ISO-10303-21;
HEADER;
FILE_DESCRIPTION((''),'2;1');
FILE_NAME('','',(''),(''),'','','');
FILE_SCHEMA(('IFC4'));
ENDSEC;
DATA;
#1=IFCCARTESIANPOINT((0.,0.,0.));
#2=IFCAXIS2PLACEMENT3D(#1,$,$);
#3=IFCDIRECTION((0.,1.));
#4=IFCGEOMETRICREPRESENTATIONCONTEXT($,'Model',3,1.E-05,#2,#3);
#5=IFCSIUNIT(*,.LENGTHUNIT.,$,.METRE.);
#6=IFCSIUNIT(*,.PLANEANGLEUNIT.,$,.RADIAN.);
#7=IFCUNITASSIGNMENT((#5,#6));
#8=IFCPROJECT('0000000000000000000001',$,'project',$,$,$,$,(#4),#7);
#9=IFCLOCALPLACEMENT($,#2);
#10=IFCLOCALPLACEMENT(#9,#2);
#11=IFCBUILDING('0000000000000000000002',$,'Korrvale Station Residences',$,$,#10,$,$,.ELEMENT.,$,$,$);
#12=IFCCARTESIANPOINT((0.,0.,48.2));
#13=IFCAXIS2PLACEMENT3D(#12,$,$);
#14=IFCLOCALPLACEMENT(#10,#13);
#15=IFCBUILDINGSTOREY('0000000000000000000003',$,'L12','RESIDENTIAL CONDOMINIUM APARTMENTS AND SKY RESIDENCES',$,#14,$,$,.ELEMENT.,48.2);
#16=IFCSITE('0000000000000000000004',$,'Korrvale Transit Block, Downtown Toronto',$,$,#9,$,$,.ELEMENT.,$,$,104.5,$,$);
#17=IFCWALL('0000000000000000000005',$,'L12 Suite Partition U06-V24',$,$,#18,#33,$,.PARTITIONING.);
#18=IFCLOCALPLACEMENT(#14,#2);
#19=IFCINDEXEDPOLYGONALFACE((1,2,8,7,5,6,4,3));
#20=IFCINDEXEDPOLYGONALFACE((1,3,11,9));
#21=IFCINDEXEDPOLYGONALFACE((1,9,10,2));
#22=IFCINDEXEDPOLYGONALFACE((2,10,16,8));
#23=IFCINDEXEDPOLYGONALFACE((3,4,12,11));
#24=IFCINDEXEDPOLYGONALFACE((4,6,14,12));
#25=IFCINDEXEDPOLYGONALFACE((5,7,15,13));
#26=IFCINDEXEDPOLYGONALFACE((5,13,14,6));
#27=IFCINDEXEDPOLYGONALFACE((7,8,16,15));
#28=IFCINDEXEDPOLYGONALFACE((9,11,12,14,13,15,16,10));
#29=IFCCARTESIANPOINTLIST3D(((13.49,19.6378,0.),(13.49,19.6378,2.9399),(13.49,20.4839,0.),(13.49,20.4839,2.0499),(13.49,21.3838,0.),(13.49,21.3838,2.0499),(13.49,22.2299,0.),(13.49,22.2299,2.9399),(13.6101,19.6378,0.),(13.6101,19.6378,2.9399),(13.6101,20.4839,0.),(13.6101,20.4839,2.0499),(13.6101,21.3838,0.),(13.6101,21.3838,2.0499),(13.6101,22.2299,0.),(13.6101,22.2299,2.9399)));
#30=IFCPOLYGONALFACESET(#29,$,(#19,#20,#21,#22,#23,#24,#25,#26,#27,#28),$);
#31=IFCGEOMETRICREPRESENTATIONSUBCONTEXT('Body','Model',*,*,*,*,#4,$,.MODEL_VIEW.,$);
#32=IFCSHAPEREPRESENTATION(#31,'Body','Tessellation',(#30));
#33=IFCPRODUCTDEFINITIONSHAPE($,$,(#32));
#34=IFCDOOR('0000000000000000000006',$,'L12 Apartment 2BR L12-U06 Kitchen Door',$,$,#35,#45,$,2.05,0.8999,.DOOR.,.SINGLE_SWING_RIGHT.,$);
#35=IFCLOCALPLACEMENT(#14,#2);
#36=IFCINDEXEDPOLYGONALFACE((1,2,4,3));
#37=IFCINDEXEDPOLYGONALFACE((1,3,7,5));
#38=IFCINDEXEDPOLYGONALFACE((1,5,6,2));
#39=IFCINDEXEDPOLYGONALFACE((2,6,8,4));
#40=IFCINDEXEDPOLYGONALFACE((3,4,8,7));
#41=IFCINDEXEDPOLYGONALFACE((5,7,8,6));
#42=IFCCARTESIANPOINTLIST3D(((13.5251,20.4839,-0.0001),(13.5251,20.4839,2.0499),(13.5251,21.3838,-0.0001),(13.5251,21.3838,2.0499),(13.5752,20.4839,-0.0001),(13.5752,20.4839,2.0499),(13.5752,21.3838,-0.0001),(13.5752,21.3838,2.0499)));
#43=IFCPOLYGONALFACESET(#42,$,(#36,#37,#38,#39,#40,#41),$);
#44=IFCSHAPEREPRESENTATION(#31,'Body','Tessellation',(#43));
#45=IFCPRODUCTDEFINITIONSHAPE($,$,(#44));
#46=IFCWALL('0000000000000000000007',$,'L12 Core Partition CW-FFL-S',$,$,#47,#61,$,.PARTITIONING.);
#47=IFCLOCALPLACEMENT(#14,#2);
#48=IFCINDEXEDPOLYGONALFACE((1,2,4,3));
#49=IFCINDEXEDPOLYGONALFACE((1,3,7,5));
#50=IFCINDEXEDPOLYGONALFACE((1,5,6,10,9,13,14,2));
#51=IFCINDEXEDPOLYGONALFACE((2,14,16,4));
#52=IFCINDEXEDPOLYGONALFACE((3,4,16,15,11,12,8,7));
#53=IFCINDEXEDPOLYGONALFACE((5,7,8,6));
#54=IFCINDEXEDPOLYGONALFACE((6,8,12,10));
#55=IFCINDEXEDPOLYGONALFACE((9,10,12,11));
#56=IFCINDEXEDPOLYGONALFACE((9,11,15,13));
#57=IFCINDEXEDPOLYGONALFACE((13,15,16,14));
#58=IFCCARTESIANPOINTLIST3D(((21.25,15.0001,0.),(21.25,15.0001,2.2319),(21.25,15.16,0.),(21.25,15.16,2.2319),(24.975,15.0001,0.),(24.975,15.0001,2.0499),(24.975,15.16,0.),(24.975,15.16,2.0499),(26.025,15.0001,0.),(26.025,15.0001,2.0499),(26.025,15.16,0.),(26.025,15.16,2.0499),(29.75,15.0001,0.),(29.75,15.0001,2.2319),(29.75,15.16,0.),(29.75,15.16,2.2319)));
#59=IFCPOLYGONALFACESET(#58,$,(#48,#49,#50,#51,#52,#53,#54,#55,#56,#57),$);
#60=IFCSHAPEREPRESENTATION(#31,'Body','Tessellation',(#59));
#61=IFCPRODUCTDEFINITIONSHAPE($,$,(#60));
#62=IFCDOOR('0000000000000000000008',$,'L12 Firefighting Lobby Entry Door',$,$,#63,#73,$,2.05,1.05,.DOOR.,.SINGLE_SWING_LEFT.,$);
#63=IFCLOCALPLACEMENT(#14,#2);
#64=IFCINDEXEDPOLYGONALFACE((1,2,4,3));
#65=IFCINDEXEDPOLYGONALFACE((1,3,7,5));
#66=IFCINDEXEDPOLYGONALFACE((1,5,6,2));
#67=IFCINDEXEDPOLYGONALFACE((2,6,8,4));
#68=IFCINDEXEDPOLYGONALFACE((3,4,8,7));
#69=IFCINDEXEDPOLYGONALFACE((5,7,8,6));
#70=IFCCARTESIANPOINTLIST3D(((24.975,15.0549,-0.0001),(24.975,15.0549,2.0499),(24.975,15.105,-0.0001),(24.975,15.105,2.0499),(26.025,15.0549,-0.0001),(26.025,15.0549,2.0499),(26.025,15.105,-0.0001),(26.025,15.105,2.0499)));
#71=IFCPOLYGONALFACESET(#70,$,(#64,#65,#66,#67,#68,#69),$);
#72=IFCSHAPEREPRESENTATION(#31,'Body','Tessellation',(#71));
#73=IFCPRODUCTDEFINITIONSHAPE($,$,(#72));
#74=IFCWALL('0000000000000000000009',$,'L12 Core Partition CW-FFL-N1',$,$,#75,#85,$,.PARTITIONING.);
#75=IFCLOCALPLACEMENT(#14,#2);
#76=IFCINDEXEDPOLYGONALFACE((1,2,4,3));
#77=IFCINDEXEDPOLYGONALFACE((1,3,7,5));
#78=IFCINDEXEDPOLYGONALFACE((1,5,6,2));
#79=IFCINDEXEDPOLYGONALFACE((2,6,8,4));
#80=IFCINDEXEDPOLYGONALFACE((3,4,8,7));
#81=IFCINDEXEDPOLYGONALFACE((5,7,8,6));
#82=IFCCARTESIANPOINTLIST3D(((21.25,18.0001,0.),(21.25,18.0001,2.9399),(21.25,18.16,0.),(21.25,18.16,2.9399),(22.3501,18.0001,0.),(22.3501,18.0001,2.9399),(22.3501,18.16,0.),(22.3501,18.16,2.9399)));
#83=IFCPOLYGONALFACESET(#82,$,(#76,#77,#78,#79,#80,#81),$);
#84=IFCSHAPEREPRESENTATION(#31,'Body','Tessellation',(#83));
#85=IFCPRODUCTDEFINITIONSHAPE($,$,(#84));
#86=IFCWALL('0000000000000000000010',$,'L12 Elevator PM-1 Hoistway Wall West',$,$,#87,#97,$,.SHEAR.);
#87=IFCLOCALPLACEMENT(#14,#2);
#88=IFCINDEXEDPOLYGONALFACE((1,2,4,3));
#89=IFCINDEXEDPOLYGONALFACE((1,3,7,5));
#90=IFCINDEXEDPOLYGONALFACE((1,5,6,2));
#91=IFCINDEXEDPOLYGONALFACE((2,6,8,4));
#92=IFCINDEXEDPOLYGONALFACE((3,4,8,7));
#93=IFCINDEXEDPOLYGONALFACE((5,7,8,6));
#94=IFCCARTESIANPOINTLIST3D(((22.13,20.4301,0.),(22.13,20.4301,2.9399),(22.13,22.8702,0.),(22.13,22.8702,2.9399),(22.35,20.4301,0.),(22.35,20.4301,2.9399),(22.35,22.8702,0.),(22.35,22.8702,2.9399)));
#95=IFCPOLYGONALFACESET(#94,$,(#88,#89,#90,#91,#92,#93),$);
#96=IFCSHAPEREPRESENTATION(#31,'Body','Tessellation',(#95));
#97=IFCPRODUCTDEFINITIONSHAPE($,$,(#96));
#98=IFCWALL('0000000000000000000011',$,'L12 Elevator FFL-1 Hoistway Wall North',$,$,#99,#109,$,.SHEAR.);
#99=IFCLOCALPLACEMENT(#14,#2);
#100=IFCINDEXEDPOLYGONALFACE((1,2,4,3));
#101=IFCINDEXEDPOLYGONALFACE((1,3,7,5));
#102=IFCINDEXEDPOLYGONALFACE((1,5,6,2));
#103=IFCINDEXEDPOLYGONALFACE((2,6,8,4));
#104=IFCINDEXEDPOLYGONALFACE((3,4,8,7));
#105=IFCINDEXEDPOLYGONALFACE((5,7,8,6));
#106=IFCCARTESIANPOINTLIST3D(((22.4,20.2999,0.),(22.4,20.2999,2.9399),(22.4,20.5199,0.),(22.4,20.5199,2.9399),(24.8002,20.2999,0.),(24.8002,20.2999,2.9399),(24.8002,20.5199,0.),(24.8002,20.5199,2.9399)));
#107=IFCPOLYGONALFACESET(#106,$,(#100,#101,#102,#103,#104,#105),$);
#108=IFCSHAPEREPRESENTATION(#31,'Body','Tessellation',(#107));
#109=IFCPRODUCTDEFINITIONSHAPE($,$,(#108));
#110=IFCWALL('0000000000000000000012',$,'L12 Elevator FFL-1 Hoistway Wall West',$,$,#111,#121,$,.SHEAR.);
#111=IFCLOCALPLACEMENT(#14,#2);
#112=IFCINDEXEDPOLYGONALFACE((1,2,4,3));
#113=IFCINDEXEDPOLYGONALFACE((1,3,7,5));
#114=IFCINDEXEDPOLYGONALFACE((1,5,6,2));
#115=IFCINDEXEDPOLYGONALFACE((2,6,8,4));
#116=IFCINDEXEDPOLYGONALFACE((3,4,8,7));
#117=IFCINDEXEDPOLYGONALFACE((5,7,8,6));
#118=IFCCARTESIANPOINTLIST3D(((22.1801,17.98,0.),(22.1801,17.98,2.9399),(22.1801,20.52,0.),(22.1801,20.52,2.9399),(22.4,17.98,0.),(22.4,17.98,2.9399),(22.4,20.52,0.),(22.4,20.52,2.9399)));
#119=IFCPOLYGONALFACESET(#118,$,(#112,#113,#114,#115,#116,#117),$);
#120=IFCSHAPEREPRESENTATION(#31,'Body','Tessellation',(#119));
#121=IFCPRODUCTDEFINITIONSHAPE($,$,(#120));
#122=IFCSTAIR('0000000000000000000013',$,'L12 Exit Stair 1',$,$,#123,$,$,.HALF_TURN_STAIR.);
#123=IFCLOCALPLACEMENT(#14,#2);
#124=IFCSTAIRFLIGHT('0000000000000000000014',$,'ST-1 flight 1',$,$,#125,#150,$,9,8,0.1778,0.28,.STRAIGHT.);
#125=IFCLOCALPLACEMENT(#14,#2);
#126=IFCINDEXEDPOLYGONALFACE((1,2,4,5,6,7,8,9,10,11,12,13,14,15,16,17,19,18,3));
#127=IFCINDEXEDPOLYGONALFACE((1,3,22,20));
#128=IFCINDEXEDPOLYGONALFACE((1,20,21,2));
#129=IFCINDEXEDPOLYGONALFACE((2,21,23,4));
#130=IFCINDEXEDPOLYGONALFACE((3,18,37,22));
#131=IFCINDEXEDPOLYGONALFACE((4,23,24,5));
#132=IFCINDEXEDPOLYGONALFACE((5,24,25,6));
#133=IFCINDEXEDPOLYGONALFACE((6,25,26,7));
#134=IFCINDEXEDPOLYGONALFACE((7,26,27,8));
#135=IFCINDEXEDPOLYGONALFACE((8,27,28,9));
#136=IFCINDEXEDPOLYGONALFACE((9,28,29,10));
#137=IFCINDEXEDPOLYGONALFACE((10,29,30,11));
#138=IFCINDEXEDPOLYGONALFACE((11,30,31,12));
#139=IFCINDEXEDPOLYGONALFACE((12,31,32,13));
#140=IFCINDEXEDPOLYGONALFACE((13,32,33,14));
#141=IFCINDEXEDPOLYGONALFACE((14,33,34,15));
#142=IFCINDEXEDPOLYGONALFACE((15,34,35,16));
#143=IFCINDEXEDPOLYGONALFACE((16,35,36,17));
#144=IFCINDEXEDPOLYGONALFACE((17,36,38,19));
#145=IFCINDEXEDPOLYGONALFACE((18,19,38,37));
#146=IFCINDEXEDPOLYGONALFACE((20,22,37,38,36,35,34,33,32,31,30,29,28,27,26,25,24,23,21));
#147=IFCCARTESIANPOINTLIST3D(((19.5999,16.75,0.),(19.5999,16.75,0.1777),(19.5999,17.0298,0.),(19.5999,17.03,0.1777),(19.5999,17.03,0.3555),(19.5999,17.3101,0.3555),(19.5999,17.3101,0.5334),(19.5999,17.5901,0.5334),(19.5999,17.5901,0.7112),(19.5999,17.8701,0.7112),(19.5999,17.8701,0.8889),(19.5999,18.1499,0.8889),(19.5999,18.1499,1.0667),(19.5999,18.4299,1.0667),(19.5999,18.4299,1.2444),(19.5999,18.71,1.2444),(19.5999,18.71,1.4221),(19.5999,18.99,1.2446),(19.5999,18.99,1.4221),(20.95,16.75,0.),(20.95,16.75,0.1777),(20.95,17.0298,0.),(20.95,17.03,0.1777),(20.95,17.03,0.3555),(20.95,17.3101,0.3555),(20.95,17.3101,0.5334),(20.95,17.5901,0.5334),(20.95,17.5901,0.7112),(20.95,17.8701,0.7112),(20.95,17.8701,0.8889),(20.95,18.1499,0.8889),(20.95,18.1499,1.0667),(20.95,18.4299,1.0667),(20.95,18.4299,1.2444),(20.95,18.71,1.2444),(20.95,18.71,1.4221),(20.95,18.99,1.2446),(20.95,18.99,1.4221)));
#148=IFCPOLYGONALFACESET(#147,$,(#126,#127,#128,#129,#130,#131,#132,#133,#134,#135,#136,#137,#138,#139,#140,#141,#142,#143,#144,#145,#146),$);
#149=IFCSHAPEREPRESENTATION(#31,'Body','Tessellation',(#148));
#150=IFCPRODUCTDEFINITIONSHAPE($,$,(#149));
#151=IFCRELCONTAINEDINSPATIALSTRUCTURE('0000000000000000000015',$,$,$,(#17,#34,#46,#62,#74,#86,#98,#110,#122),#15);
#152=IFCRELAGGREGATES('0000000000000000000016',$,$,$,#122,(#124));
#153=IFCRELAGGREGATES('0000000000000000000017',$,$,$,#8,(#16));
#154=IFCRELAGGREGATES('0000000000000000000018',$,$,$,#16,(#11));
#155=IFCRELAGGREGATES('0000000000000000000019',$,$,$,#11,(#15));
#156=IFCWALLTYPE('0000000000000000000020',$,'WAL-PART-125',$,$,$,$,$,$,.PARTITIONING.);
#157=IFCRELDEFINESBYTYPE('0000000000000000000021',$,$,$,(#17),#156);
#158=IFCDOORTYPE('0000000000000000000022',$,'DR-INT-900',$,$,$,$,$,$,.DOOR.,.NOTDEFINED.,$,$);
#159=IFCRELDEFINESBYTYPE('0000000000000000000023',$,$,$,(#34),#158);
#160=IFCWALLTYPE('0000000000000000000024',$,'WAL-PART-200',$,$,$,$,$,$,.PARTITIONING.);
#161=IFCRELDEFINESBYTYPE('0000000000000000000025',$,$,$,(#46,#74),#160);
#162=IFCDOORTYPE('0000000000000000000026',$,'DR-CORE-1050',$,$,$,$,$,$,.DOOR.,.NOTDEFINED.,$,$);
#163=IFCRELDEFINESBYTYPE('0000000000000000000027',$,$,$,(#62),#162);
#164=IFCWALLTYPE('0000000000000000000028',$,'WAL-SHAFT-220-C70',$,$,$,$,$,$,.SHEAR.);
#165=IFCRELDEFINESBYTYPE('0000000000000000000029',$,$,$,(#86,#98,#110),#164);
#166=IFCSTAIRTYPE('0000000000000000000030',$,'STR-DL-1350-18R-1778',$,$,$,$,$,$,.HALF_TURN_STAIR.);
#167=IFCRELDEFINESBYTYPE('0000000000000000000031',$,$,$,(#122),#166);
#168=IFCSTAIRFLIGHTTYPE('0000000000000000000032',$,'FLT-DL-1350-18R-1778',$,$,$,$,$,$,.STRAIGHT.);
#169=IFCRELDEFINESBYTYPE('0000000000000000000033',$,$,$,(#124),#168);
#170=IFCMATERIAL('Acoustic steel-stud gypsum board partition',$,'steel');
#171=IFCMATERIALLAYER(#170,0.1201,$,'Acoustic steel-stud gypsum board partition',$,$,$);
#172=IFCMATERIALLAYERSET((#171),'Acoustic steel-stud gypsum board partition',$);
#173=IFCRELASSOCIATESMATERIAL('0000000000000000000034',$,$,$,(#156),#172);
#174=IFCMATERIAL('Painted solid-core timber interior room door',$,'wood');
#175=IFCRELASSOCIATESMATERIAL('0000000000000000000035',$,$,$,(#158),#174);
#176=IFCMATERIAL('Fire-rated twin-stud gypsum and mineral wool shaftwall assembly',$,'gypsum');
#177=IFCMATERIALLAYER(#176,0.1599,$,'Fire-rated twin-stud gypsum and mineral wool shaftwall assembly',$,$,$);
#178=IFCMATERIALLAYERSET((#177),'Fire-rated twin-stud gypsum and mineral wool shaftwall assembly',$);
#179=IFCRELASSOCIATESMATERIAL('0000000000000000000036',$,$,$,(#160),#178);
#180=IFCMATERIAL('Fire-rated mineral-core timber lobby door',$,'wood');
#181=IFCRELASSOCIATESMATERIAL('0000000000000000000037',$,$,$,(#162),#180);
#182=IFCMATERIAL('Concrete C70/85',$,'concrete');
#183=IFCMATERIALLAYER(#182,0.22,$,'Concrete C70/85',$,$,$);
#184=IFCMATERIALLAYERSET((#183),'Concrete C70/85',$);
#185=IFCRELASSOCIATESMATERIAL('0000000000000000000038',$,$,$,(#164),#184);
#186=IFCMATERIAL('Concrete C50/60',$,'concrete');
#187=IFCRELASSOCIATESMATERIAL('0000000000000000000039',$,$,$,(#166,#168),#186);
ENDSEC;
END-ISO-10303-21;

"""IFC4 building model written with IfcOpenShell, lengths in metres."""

from ifc_helpers import new_model, si_unit, direction, frame, frame_2d, origin, place, context, subcontext, project, spatial, polyline, rectangle, outline, extrude, material, layer, layer_set, type_object, element, fill, aggregate, save


model = new_model("IFC4")

# Units and contexts
model_context = context("Model", 3, precision=1e-05, world=origin(), true_north=direction((0.0, 1.0)))
body_context = subcontext(model_context, "Body", "Model", "MODEL_VIEW")
ifc_project = project(units=[si_unit("LENGTHUNIT", "METRE"), si_unit("PLANEANGLEUNIT", "RADIAN")], contexts=[model_context])

# Site, building, storey
site_placement = place(None, origin())
site = spatial("IfcSite", under=ifc_project, at=site_placement, Name="Korrvale Transit Block, Downtown Toronto", CompositionType="ELEMENT", RefElevation=104.5)
building_placement = place(site_placement, origin())
building = spatial("IfcBuilding", under=site, at=building_placement, Name="Korrvale Station Residences", CompositionType="ELEMENT")
storey_placement = place(building_placement, frame((0.0, 0.0, 48.2)))
storey = spatial("IfcBuildingStorey", under=building, at=storey_placement, Name="L12", Description="RESIDENTIAL CONDOMINIUM APARTMENTS AND SKY RESIDENCES", CompositionType="ELEMENT", Elevation=48.2)

# Shared definitions
ifc_material_1 = material(Name="Concrete C70/85", Category="concrete")

# Shared definitions
ifc_material_2 = material(Name="Acoustic steel-stud gypsum board partition", Category="steel")
ifc_layer_1 = layer(ifc_material_2, 0.1201, Name="Acoustic steel-stud gypsum board partition")
ifc_layer_set_1 = layer_set([ifc_layer_1], Name="Acoustic steel-stud gypsum board partition")
wall_type_1 = type_object("IfcWallType", Name="WAL-PART-125", PredefinedType="PARTITIONING", material=ifc_layer_set_1)

# Walls, openings, doors
ifc_material_3 = material(Name="Painted solid-core timber interior room door", Category="wood")
door_type_1 = type_object("IfcDoorType", Name="DR-INT-900", OperationType="NOTDEFINED", PredefinedType="DOOR", material=ifc_material_3)
wall_1_placement = place(storey_placement, frame((13.55, 19.6379, 0.0), z_axis=(0.0, 0.0, 1.0), x_axis=(0.0, 1.0, 0.0)))
wall_1 = element("IfcWall", 1, at=wall_1_placement, inside=storey, type_object=wall_type_1, Name="L12 Suite Partition U06-V24", PredefinedType="PARTITIONING", context=body_context, shape_type="SweptSolid", body=[
    extrude(rectangle(XDim=2.592, YDim=0.1201, at=frame_2d((1.2959, 0.0))), origin(), (0.0, 0.0, 1.0), 2.9399),
])
opening_1_placement = place(wall_1_placement, frame((0.8459, 0.0, 0.0)))
opening_1 = element("IfcOpeningElement", 2, at=opening_1_placement, cuts=wall_1, PredefinedType="OPENING", context=body_context, shape_type="SweptSolid", body=[
    extrude(rectangle(XDim=0.8999, YDim=2.05, at=frame_2d((0.45, 1.0249))), frame((0.0, 0.0701, 0.0), z_axis=(0.0, -1.0, 0.0), x_axis=(1.0, 0.0, 0.0)), (0.0, 0.0, 1.0), 0.1401),
])
door_1_placement = place(opening_1_placement, origin())
door_1 = element("IfcDoor", 3, at=door_1_placement, inside=storey, type_object=door_type_1, Name="L12 Apartment 2BR L12-U06 Kitchen Door", OperationType="SINGLE_SWING_RIGHT", OverallHeight=2.05, OverallWidth=0.8999, PredefinedType="DOOR", context=body_context, shape_type="SweptSolid", body=[
    extrude(rectangle(XDim=0.8999, YDim=2.05, at=frame_2d((0.45, 1.0249))), frame((0.0, 0.0249, 0.0), z_axis=(0.0, -1.0, 0.0), x_axis=(1.0, 0.0, 0.0)), (0.0, 0.0, 1.0), 0.05),
])
fill(opening_1, door_1)
ifc_material_4 = material(Name="Fire-rated twin-stud gypsum and mineral wool shaftwall assembly", Category="gypsum")
ifc_layer_2 = layer(ifc_material_4, 0.1599, Name="Fire-rated twin-stud gypsum and mineral wool shaftwall assembly")
ifc_layer_set_2 = layer_set([ifc_layer_2], Name="Fire-rated twin-stud gypsum and mineral wool shaftwall assembly")
wall_type_2 = type_object("IfcWallType", Name="WAL-PART-200", PredefinedType="PARTITIONING", material=ifc_layer_set_2)
wall_2_placement = place(storey_placement, frame((21.25, 15.0801, 0.0), z_axis=(0.0, 0.0, 1.0), x_axis=(1.0, 0.0, 0.0)))
wall_2 = element("IfcWall", 4, at=wall_2_placement, inside=storey, type_object=wall_type_2, Name="L12 Core Partition CW-FFL-S", PredefinedType="PARTITIONING", context=body_context, shape_type="SweptSolid", body=[
    extrude(rectangle(XDim=8.5, YDim=0.1599, at=frame_2d((4.25, 0.0))), origin(), (0.0, 0.0, 1.0), 2.2319),
])
opening_2_placement = place(wall_2_placement, frame((3.7251, 0.0, 0.0)))
opening_2 = element("IfcOpeningElement", 5, at=opening_2_placement, cuts=wall_2, PredefinedType="OPENING", context=body_context, shape_type="SweptSolid", body=[
    extrude(rectangle(XDim=1.05, YDim=2.05, at=frame_2d((0.5249, 1.0249))), frame((0.0, 0.0898, 0.0), z_axis=(0.0, -1.0, 0.0), x_axis=(1.0, 0.0, 0.0)), (0.0, 0.0, 1.0), 0.1799),
])
ifc_material_5 = material(Name="Fire-rated mineral-core timber lobby door", Category="wood")
door_type_2 = type_object("IfcDoorType", Name="DR-CORE-1050", OperationType="NOTDEFINED", PredefinedType="DOOR", material=ifc_material_5)
door_2_placement = place(opening_2_placement, origin())
door_2 = element("IfcDoor", 6, at=door_2_placement, inside=storey, type_object=door_type_2, Name="L12 Firefighting Lobby Entry Door", OperationType="SINGLE_SWING_LEFT", OverallHeight=2.05, OverallWidth=1.05, PredefinedType="DOOR", context=body_context, shape_type="SweptSolid", body=[
    extrude(rectangle(XDim=1.05, YDim=2.05, at=frame_2d((0.5249, 1.0249))), frame((0.0, 0.0249, 0.0), z_axis=(0.0, -1.0, 0.0), x_axis=(1.0, 0.0, 0.0)), (0.0, 0.0, 1.0), 0.05),
])
fill(opening_2, door_2)

# Walls
wall_3_placement = place(storey_placement, frame((21.25, 18.0801, 0.0), z_axis=(0.0, 0.0, 1.0), x_axis=(1.0, 0.0, 0.0)))
element("IfcWall", 7, at=wall_3_placement, inside=storey, type_object=wall_type_2, Name="L12 Core Partition CW-FFL-N1", PredefinedType="PARTITIONING", context=body_context, shape_type="SweptSolid", body=[
    extrude(rectangle(XDim=1.1001, YDim=0.1599, at=frame_2d((0.55, 0.0))), origin(), (0.0, 0.0, 1.0), 2.9399),
])
ifc_layer_3 = layer(ifc_material_1, 0.22, Name="Concrete C70/85")
ifc_layer_set_3 = layer_set([ifc_layer_3], Name="Concrete C70/85")
wall_type_3 = type_object("IfcWallType", Name="WAL-SHAFT-220-C70", PredefinedType="SHEAR", material=ifc_layer_set_3)
wall_4_placement = place(storey_placement, frame((22.24, 20.4299, 0.0), z_axis=(0.0, 0.0, 1.0), x_axis=(0.0, 1.0, 0.0)))
element("IfcWall", 8, at=wall_4_placement, inside=storey, type_object=wall_type_3, Name="L12 Elevator PM-1 Hoistway Wall West", PredefinedType="SHEAR", context=body_context, shape_type="SweptSolid", body=[
    extrude(rectangle(XDim=2.4402, YDim=0.22, at=frame_2d((1.2202, 0.0))), origin(), (0.0, 0.0, 1.0), 2.9399),
])

# Walls
wall_5_placement = place(storey_placement, frame((22.3999, 20.4099, 0.0), z_axis=(0.0, 0.0, 1.0), x_axis=(1.0, 0.0, 0.0)))
element("IfcWall", 9, at=wall_5_placement, inside=storey, type_object=wall_type_3, Name="L12 Elevator FFL-1 Hoistway Wall North", PredefinedType="SHEAR", context=body_context, shape_type="SweptSolid", body=[
    extrude(rectangle(XDim=2.4001, YDim=0.22, at=frame_2d((1.2002, 0.0))), origin(), (0.0, 0.0, 1.0), 2.9399),
])
wall_6_placement = place(storey_placement, frame((22.29, 17.98, 0.0), z_axis=(0.0, 0.0, 1.0), x_axis=(0.0, 1.0, 0.0)))
element("IfcWall", 10, at=wall_6_placement, inside=storey, type_object=wall_type_3, Name="L12 Elevator FFL-1 Hoistway Wall West", PredefinedType="SHEAR", context=body_context, shape_type="SweptSolid", body=[
    extrude(rectangle(XDim=2.54, YDim=0.22, at=frame_2d((1.27, 0.0))), origin(), (0.0, 0.0, 1.0), 2.9399),
])

# Stair, stair flight
ifc_material_6 = material(Name="Concrete C50/60", Category="concrete")
stair_type = type_object("IfcStairType", Name="STR-DL-1350-18R-1778", PredefinedType="HALF_TURN_STAIR", material=ifc_material_6)
stair_placement = place(storey_placement, origin())
stair = element("IfcStair", 11, at=stair_placement, inside=storey, type_object=stair_type, Name="L12 Exit Stair 1", PredefinedType="HALF_TURN_STAIR")
stair_flight_type = type_object("IfcStairFlightType", Name="FLT-DL-1350-18R-1778", PredefinedType="STRAIGHT", material=ifc_material_6)
stair_flight_1_placement = place(storey_placement, frame((20.2749, 16.75, 0.0), z_axis=(0.0, 0.0, 1.0), x_axis=(0.0, 1.0, 0.0)))
stair_flight_1 = element("IfcStairFlight", 12, at=stair_flight_1_placement, type_object=stair_flight_type, Name="ST-1 flight 1", NumberOfRisers=9, NumberOfTreads=8, PredefinedType="STRAIGHT", RiserHeight=0.1778, TreadLength=0.28, context=body_context, shape_type="SweptSolid", body=[
    extrude(outline(polyline([(0.0, 0.0), (0.0, 0.1777), (0.28, 0.1777), (0.28, 0.3555), (0.5601, 0.3555), (0.5601, 0.5334), (0.8401, 0.5334), (0.8401, 0.7112), (1.1201, 0.7112), (1.1201, 0.8889), (1.3999, 0.8889), (1.3999, 1.0667), (1.6799, 1.0667), (1.6799, 1.2444), (1.96, 1.2444), (1.96, 1.4221), (2.24, 1.4221), (2.24, 1.6001), (2.24, 1.2446), (0.2798, 0.0), (0.0, 0.0)])), frame((0.0, 0.675, 0.0), z_axis=(0.0, -1.0, 0.0), x_axis=(1.0, 0.0, 0.0)), (0.0, 0.0, 1.0), 1.3501),
])
aggregate(stair, [stair_flight_1])

save(model, "model.ifc")
